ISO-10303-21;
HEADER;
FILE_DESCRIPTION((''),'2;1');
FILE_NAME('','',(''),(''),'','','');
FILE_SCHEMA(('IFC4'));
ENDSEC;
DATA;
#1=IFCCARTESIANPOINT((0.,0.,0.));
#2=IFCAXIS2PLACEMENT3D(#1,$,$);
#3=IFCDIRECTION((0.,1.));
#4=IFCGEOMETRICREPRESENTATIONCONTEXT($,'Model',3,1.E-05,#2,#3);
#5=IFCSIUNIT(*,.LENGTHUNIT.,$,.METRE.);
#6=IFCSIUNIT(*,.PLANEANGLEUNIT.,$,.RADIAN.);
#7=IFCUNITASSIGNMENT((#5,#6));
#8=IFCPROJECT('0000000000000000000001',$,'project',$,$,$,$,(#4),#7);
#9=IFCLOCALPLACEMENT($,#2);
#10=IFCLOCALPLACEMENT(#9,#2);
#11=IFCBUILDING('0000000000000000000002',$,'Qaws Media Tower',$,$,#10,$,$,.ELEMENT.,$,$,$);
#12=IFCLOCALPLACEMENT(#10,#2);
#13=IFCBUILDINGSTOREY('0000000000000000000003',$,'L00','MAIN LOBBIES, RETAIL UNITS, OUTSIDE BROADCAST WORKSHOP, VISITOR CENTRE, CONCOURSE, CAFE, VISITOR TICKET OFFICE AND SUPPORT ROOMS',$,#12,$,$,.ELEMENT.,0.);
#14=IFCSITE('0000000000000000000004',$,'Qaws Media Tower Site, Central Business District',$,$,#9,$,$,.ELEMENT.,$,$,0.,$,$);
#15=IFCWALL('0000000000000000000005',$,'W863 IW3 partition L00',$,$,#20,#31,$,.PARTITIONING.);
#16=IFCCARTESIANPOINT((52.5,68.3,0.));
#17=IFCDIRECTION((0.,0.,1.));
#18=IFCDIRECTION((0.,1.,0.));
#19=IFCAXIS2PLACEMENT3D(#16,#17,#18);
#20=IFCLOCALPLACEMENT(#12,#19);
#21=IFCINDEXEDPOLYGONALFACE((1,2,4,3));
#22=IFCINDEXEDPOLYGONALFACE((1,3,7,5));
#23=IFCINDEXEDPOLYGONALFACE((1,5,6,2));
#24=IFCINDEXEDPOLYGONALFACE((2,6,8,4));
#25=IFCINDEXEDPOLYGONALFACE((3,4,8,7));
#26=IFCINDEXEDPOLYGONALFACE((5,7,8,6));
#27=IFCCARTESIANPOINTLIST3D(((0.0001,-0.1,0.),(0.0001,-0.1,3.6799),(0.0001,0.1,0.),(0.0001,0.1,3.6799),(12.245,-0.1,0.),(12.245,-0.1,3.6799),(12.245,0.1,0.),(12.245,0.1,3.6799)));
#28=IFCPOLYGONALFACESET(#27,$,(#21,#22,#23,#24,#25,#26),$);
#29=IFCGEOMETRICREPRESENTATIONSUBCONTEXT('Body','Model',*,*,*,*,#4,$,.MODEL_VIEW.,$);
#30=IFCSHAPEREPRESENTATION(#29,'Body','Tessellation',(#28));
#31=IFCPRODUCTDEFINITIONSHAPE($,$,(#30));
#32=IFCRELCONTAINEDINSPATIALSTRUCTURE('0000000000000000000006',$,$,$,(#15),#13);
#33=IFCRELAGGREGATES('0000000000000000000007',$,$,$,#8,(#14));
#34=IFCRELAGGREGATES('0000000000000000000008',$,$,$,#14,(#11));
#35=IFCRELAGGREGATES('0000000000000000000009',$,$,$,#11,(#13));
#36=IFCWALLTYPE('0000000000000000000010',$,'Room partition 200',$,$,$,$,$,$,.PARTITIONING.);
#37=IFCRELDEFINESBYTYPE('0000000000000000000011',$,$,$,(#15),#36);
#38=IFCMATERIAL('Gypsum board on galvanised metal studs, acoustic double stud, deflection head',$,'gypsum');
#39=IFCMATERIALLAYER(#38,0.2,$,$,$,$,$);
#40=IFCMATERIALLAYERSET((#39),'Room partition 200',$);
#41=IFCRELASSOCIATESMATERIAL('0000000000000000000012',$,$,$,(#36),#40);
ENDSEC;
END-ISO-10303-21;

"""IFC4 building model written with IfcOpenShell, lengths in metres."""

from ifc_helpers import new_model, si_unit, direction, frame, frame_2d, origin, place, context, subcontext, project, spatial, rectangle, extrude, material, layer, layer_set, type_object, element, save


model = new_model("IFC4")

# Units and contexts
model_context = context("Model", 3, precision=1e-05, world=origin(), true_north=direction((0.0, 1.0)))
body_context = subcontext(model_context, "Body", "Model", "MODEL_VIEW")
ifc_project = project(units=[si_unit("LENGTHUNIT", "METRE"), si_unit("PLANEANGLEUNIT", "RADIAN")], contexts=[model_context])

# Site, building, storey
site_placement = place(None, origin())
site = spatial("IfcSite", under=ifc_project, at=site_placement, Name="Qaws Media Tower Site, Central Business District", CompositionType="ELEMENT", RefElevation=0.0)
building_placement = place(site_placement, origin())
building = spatial("IfcBuilding", under=site, at=building_placement, Name="Qaws Media Tower", CompositionType="ELEMENT")
storey_placement = place(building_placement, origin())
storey = spatial("IfcBuildingStorey", under=building, at=storey_placement, Name="L00", Description="MAIN LOBBIES, RETAIL UNITS, OUTSIDE BROADCAST WORKSHOP, VISITOR CENTRE, CONCOURSE, CAFE, VISITOR TICKET OFFICE AND SUPPORT ROOMS", CompositionType="ELEMENT", Elevation=0.0)

# Wall
ifc_material_1 = material(Name="Gypsum board on galvanised metal studs, acoustic double stud, deflection head", Category="gypsum")
ifc_layer = layer(ifc_material_1, 0.2)
ifc_layer_set = layer_set([ifc_layer], Name="Room partition 200")
wall_type = type_object("IfcWallType", Name="Room partition 200", PredefinedType="PARTITIONING", material=ifc_layer_set)
wall_1_placement = place(storey_placement, frame((52.5, 68.3, 0.0), z_axis=(0.0, 0.0, 1.0), x_axis=(0.0, 1.0, 0.0)))
element("IfcWall", 1, at=wall_1_placement, inside=storey, type_object=wall_type, Name="W863 IW3 partition L00", PredefinedType="PARTITIONING", context=body_context, shape_type="SweptSolid", body=[
    extrude(rectangle(XDim=12.2449, YDim=0.2, at=frame_2d((6.1226, 0.0))), origin(), (0.0, 0.0, 1.0), 3.6799),
])

save(model, "model.ifc")
